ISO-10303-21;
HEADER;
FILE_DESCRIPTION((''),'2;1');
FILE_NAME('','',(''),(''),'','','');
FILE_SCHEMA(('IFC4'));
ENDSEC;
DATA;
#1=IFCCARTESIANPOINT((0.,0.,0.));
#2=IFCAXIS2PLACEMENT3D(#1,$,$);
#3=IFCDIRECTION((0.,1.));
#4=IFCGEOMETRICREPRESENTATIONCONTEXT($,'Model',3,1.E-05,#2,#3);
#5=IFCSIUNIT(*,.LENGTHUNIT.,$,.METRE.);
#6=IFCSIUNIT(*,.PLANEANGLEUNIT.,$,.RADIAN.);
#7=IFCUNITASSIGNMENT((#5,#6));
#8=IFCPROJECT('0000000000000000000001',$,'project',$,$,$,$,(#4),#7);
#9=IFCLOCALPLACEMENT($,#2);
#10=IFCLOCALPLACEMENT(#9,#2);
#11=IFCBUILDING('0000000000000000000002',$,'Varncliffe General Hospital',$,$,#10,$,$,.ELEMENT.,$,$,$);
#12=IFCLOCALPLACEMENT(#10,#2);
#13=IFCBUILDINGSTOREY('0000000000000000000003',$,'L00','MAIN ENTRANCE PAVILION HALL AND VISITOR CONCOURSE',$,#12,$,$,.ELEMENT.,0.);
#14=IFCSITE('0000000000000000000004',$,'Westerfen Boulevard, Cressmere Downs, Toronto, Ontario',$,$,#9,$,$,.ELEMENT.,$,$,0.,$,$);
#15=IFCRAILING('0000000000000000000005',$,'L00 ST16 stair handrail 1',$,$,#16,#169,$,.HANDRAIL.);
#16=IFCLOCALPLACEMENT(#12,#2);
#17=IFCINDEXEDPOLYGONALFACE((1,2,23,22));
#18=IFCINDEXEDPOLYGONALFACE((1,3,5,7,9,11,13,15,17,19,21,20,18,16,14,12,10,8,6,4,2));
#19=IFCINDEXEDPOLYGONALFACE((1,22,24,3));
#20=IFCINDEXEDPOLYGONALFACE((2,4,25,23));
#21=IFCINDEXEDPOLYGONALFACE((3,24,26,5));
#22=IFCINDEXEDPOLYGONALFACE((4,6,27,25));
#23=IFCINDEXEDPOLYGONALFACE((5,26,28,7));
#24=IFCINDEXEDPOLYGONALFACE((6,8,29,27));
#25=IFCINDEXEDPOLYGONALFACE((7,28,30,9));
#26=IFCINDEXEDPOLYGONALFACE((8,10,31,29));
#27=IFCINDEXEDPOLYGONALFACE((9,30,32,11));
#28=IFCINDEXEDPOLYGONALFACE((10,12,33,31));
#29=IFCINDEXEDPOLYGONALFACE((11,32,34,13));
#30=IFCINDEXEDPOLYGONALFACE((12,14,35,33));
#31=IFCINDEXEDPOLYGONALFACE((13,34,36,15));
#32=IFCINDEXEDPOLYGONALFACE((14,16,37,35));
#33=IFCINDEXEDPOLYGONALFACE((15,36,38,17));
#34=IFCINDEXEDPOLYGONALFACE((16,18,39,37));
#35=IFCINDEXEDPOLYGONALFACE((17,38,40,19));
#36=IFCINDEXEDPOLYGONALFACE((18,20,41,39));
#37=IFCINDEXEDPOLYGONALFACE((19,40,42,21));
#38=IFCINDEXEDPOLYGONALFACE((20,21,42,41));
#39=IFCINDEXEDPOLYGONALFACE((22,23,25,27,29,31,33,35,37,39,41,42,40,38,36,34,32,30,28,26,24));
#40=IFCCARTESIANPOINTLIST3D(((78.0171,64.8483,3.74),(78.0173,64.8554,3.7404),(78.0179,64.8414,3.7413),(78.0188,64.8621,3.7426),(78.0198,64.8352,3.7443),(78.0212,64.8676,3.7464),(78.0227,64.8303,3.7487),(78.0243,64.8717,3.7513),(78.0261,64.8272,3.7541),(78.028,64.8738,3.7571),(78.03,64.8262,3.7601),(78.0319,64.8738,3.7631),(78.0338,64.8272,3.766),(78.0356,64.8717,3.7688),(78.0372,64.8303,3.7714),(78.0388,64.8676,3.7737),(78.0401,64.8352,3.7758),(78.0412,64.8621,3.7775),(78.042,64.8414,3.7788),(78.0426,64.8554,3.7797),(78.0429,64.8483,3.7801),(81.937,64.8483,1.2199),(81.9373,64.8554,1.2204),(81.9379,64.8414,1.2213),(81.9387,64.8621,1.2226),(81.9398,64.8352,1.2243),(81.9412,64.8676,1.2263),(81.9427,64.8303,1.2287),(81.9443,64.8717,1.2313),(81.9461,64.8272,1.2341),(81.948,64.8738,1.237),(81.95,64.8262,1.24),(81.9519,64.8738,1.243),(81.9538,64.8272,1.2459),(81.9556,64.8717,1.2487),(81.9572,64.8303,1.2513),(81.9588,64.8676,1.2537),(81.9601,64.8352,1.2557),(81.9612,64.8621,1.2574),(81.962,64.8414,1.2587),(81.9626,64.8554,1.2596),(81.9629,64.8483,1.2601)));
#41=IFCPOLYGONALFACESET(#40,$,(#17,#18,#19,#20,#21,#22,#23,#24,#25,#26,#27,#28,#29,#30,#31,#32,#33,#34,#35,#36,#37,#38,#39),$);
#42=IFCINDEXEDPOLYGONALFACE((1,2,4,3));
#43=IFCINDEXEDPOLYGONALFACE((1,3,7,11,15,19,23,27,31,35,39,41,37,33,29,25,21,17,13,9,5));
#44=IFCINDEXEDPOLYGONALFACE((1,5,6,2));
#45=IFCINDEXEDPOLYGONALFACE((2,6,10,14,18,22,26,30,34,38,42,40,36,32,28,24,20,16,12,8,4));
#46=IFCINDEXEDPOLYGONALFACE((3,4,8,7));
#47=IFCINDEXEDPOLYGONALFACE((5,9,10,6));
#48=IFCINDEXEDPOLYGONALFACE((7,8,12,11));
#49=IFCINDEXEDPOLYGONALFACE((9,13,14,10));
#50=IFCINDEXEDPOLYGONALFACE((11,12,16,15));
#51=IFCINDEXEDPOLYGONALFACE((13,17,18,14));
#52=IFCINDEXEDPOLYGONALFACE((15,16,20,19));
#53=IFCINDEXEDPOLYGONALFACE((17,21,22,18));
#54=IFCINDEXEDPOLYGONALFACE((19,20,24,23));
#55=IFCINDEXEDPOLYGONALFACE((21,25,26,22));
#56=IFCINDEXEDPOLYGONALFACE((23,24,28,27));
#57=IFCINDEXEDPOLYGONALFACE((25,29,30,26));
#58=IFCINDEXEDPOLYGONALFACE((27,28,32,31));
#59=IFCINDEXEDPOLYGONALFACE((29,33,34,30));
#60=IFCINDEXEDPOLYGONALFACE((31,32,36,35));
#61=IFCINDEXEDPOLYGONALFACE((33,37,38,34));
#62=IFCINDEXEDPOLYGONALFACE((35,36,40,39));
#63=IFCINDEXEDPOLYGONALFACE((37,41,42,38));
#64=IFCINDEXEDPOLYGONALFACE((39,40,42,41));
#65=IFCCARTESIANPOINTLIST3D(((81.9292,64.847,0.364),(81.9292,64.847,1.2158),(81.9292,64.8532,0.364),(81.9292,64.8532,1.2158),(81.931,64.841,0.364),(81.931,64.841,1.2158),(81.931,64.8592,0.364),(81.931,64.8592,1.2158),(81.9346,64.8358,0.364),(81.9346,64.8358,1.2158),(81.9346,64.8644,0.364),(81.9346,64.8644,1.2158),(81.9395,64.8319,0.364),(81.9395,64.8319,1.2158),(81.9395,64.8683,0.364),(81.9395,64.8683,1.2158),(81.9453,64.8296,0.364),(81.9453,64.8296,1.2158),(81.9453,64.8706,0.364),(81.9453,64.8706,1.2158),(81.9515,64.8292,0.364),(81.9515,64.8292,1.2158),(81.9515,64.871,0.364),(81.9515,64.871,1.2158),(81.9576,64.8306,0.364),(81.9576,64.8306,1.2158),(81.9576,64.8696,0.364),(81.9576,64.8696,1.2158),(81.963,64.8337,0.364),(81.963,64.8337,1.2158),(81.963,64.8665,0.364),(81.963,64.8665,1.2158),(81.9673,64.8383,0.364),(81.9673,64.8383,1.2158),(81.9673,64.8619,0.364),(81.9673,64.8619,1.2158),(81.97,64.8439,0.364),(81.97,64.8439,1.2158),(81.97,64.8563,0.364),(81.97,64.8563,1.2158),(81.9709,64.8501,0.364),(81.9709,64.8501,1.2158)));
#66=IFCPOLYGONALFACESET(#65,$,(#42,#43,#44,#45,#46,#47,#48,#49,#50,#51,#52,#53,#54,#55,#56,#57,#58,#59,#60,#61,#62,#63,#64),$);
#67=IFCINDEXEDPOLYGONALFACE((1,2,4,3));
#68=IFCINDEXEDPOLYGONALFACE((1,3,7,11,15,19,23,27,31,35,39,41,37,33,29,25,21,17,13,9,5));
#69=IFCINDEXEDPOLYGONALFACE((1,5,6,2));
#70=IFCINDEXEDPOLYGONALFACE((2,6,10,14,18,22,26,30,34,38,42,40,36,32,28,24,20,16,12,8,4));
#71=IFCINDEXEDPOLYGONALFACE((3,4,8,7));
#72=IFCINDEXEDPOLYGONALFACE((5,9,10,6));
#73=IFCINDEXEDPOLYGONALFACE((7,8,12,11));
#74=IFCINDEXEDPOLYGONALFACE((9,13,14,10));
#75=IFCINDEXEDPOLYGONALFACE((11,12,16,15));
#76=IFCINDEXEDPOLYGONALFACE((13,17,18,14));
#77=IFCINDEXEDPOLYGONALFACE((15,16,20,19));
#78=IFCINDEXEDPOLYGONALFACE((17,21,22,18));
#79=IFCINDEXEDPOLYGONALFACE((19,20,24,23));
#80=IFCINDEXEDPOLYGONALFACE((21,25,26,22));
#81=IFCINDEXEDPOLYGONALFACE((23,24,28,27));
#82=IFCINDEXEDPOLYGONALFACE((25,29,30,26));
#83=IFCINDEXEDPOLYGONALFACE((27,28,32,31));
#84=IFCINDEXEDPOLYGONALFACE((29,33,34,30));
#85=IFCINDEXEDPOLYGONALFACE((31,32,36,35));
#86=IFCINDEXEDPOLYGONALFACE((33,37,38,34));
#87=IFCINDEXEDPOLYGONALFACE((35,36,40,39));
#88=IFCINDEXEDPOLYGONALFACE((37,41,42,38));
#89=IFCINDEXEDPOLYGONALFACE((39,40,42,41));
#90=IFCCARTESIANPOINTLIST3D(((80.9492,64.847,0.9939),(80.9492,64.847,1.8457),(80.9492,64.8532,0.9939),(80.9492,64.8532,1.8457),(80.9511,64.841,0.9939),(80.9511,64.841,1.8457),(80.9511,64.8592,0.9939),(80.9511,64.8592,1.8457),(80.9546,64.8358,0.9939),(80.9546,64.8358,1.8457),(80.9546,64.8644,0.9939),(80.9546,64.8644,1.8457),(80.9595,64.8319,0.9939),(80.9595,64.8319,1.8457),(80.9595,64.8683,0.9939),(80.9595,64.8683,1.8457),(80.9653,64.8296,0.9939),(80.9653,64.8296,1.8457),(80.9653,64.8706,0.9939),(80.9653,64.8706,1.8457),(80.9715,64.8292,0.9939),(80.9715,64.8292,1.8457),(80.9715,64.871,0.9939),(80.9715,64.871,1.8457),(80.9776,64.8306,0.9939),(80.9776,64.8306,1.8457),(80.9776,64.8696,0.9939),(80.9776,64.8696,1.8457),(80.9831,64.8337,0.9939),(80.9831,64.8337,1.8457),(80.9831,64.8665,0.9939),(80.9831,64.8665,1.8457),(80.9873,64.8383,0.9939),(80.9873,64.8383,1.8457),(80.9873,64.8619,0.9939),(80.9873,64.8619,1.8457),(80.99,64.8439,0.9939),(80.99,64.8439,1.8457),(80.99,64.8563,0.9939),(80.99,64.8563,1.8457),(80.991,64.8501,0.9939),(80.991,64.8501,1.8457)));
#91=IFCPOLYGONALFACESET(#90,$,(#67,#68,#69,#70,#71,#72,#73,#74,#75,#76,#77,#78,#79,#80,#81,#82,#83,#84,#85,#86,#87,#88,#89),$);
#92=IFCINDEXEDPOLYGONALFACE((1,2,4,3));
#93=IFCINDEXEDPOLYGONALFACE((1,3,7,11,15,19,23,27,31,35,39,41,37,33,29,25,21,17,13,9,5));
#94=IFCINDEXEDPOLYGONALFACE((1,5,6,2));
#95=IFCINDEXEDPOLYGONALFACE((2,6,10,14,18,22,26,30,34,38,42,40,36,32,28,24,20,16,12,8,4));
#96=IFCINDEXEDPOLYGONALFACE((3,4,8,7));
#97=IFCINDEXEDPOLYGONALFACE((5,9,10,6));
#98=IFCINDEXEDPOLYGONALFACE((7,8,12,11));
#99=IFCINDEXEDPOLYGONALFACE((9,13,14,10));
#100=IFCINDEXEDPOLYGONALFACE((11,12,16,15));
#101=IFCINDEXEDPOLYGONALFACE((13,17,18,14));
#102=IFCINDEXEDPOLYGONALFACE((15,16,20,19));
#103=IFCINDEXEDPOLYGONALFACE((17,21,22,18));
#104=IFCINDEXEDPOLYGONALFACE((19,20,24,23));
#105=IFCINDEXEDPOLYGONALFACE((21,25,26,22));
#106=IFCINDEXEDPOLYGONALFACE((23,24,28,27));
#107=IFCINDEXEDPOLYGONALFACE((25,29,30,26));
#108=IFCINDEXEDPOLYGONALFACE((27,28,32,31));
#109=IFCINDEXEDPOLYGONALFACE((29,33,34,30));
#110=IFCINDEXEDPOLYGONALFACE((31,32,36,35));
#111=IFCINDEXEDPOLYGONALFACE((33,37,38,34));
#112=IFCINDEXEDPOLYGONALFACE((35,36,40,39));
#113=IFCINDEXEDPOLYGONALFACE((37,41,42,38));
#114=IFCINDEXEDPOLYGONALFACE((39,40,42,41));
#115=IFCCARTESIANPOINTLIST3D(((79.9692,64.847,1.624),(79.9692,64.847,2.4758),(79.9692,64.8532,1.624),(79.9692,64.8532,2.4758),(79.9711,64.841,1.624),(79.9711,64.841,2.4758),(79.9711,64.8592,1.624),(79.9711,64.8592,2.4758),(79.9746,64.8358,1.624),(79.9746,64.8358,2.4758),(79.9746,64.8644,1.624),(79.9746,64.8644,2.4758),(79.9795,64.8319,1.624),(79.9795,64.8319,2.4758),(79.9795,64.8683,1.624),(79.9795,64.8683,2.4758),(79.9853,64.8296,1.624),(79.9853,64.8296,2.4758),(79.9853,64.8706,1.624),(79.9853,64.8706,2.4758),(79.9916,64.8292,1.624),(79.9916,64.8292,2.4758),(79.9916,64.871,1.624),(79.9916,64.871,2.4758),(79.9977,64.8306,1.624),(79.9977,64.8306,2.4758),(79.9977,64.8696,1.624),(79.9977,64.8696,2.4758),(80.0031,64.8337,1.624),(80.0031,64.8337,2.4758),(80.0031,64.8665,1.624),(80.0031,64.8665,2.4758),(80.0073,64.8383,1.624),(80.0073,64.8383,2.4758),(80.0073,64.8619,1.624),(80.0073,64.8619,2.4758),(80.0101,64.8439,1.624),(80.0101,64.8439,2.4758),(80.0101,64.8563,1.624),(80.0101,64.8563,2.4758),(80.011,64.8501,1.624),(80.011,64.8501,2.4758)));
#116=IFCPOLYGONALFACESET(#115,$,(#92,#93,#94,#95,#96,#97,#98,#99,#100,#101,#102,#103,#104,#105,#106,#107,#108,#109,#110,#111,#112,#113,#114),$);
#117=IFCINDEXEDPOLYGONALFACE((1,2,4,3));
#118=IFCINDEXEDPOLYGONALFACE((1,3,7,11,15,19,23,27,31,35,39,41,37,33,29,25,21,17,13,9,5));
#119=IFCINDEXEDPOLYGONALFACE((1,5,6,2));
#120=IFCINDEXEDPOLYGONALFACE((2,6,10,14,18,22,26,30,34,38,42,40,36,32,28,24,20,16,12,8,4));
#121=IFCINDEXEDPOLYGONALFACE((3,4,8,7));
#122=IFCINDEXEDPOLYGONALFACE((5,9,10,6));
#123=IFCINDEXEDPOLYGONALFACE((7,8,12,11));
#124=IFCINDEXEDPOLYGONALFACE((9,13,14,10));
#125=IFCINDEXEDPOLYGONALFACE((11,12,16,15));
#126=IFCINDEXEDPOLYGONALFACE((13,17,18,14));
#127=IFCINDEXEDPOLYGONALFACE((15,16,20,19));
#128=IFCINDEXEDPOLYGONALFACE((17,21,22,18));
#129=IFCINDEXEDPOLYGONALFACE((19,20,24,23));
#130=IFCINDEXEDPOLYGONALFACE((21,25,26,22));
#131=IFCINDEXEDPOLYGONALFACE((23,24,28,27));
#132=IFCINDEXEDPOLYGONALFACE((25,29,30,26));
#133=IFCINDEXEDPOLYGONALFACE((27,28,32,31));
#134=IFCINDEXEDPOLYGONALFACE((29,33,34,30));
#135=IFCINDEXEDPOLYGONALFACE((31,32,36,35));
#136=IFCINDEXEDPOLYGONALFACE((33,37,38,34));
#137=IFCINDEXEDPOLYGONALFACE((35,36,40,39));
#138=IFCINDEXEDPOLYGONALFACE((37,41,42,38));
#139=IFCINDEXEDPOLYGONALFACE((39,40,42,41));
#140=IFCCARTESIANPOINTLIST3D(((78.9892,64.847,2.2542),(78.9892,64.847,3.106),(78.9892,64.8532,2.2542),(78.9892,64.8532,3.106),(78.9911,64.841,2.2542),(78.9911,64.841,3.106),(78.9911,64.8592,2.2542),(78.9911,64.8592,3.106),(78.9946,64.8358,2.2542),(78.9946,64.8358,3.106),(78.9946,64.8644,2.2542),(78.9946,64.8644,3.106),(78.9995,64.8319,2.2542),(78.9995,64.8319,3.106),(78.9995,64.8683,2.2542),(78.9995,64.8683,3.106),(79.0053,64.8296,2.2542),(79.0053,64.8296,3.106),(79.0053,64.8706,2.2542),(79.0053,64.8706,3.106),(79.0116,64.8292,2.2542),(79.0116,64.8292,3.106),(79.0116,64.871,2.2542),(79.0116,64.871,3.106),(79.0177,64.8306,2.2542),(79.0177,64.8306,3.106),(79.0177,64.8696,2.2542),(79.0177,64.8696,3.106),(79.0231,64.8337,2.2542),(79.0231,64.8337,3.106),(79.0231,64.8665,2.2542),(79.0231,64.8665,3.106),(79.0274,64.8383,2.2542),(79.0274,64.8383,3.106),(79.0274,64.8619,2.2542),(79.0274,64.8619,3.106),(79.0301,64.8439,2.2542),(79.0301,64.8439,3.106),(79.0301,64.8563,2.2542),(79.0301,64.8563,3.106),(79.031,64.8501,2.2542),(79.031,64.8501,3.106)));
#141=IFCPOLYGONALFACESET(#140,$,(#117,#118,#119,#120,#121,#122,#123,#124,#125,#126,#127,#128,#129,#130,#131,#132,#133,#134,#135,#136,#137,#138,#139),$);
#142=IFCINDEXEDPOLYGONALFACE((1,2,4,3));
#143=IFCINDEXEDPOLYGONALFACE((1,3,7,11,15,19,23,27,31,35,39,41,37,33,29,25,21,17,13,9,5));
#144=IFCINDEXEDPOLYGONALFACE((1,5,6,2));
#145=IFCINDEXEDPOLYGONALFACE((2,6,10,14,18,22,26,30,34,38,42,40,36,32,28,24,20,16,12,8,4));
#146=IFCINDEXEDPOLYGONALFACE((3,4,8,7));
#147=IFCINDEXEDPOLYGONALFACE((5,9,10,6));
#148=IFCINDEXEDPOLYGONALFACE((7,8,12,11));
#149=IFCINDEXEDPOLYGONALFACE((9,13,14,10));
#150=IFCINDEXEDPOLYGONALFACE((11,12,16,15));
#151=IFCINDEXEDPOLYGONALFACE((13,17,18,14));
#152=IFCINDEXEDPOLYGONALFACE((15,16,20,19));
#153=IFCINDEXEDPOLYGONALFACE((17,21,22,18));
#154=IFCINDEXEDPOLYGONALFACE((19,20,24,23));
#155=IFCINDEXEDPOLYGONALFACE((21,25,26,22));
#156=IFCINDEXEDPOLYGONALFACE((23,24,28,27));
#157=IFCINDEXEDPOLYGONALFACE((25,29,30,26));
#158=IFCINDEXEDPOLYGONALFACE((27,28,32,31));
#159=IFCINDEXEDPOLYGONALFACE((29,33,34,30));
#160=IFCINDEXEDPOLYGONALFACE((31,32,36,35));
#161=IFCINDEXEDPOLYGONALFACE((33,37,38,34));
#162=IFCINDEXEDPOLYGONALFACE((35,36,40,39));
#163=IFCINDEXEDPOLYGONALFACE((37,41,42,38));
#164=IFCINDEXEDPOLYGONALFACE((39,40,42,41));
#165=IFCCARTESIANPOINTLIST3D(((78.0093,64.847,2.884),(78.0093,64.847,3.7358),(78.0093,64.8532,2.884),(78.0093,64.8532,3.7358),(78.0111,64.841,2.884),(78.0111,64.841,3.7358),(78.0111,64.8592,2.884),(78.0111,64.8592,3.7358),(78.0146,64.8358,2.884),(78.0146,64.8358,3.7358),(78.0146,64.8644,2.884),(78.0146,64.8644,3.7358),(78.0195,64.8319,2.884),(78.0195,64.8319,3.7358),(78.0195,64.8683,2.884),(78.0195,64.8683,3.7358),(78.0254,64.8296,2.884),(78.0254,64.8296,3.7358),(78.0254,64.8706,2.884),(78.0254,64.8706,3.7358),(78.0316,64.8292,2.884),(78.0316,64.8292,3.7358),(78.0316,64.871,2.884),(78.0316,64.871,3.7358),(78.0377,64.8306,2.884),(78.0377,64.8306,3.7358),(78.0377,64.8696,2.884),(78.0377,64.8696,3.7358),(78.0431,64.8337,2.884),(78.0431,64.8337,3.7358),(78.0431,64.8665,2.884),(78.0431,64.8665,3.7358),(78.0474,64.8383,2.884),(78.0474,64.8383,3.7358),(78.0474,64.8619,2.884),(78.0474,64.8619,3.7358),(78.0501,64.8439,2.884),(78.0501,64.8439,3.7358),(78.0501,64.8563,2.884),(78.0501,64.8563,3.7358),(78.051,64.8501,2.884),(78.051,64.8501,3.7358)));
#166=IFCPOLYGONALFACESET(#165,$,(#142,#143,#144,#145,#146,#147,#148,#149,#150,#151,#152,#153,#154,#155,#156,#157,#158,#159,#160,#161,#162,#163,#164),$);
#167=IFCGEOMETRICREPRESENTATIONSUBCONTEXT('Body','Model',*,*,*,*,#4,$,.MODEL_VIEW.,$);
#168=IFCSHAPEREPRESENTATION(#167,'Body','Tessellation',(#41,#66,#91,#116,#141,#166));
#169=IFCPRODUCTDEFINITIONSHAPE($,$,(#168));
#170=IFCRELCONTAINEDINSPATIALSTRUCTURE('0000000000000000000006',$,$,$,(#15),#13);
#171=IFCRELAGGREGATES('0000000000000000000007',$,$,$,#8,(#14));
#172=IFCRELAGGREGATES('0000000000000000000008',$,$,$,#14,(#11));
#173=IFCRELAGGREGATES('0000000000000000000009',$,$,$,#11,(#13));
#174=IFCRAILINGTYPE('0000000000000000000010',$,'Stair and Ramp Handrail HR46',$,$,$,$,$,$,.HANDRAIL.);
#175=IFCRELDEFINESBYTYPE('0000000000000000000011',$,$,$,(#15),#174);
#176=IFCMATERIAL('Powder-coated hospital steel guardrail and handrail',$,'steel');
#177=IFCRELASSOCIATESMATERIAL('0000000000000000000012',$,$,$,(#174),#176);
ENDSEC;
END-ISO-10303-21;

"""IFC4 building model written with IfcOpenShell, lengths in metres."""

from ifc_helpers import new_model, si_unit, direction, frame, origin, origin_2d, place, context, subcontext, project, spatial, circle, extrude, material, type_object, element, save


model = new_model("IFC4")

# Units and contexts
model_context = context("Model", 3, precision=1e-05, world=origin(), true_north=direction((0.0, 1.0)))
body_context = subcontext(model_context, "Body", "Model", "MODEL_VIEW")
ifc_project = project(units=[si_unit("LENGTHUNIT", "METRE"), si_unit("PLANEANGLEUNIT", "RADIAN")], contexts=[model_context])

# Site, building, storey
site_placement = place(None, origin())
site = spatial("IfcSite", under=ifc_project, at=site_placement, Name="Westerfen Boulevard, Cressmere Downs, Toronto, Ontario", CompositionType="ELEMENT", RefElevation=0.0)
building_placement = place(site_placement, origin())
building = spatial("IfcBuilding", under=site, at=building_placement, Name="Varncliffe General Hospital", CompositionType="ELEMENT")
storey_placement = place(building_placement, origin())
storey = spatial("IfcBuildingStorey", under=building, at=storey_placement, Name="L00", Description="MAIN ENTRANCE PAVILION HALL AND VISITOR CONCOURSE", CompositionType="ELEMENT", Elevation=0.0)

# Railing
ifc_material_1 = material(Name="Powder-coated hospital steel guardrail and handrail", Category="steel")
railing_type_1 = type_object("IfcRailingType", Name="Stair and Ramp Handrail HR46", PredefinedType="HANDRAIL", material=ifc_material_1)
railing_1_placement = place(storey_placement, frame((81.95, 64.8501, 0.364)))
element("IfcRailing", 1, at=railing_1_placement, inside=storey, type_object=railing_type_1, Name="L00 ST16 stair handrail 1", PredefinedType="HANDRAIL", context=body_context, shape_type="SweptSolid", body=[
    extrude(circle(Radius=0.0239, at=origin_2d()), frame((0.0, 0.0, 0.876), z_axis=(-0.841172, 0.0, 0.540768), x_axis=(0.0, -1.0, 0.0)), (0.0, 0.0, 1.0), 4.6602),
    extrude(circle(Radius=0.021, at=origin_2d()), origin(), (0.0, 0.0, 1.0), 0.8518),
    extrude(circle(Radius=0.021, at=origin_2d()), frame((-0.98, 0.0, 0.6299)), (0.0, 0.0, 1.0), 0.8518),
    extrude(circle(Radius=0.021, at=origin_2d()), frame((-1.96, 0.0, 1.26)), (0.0, 0.0, 1.0), 0.8518),
    extrude(circle(Radius=0.021, at=origin_2d()), frame((-2.9399, 0.0, 1.8901)), (0.0, 0.0, 1.0), 0.8518),
    extrude(circle(Radius=0.021, at=origin_2d()), frame((-3.9199, 0.0, 2.52)), (0.0, 0.0, 1.0), 0.8518),
])

save(model, "model.ifc")
